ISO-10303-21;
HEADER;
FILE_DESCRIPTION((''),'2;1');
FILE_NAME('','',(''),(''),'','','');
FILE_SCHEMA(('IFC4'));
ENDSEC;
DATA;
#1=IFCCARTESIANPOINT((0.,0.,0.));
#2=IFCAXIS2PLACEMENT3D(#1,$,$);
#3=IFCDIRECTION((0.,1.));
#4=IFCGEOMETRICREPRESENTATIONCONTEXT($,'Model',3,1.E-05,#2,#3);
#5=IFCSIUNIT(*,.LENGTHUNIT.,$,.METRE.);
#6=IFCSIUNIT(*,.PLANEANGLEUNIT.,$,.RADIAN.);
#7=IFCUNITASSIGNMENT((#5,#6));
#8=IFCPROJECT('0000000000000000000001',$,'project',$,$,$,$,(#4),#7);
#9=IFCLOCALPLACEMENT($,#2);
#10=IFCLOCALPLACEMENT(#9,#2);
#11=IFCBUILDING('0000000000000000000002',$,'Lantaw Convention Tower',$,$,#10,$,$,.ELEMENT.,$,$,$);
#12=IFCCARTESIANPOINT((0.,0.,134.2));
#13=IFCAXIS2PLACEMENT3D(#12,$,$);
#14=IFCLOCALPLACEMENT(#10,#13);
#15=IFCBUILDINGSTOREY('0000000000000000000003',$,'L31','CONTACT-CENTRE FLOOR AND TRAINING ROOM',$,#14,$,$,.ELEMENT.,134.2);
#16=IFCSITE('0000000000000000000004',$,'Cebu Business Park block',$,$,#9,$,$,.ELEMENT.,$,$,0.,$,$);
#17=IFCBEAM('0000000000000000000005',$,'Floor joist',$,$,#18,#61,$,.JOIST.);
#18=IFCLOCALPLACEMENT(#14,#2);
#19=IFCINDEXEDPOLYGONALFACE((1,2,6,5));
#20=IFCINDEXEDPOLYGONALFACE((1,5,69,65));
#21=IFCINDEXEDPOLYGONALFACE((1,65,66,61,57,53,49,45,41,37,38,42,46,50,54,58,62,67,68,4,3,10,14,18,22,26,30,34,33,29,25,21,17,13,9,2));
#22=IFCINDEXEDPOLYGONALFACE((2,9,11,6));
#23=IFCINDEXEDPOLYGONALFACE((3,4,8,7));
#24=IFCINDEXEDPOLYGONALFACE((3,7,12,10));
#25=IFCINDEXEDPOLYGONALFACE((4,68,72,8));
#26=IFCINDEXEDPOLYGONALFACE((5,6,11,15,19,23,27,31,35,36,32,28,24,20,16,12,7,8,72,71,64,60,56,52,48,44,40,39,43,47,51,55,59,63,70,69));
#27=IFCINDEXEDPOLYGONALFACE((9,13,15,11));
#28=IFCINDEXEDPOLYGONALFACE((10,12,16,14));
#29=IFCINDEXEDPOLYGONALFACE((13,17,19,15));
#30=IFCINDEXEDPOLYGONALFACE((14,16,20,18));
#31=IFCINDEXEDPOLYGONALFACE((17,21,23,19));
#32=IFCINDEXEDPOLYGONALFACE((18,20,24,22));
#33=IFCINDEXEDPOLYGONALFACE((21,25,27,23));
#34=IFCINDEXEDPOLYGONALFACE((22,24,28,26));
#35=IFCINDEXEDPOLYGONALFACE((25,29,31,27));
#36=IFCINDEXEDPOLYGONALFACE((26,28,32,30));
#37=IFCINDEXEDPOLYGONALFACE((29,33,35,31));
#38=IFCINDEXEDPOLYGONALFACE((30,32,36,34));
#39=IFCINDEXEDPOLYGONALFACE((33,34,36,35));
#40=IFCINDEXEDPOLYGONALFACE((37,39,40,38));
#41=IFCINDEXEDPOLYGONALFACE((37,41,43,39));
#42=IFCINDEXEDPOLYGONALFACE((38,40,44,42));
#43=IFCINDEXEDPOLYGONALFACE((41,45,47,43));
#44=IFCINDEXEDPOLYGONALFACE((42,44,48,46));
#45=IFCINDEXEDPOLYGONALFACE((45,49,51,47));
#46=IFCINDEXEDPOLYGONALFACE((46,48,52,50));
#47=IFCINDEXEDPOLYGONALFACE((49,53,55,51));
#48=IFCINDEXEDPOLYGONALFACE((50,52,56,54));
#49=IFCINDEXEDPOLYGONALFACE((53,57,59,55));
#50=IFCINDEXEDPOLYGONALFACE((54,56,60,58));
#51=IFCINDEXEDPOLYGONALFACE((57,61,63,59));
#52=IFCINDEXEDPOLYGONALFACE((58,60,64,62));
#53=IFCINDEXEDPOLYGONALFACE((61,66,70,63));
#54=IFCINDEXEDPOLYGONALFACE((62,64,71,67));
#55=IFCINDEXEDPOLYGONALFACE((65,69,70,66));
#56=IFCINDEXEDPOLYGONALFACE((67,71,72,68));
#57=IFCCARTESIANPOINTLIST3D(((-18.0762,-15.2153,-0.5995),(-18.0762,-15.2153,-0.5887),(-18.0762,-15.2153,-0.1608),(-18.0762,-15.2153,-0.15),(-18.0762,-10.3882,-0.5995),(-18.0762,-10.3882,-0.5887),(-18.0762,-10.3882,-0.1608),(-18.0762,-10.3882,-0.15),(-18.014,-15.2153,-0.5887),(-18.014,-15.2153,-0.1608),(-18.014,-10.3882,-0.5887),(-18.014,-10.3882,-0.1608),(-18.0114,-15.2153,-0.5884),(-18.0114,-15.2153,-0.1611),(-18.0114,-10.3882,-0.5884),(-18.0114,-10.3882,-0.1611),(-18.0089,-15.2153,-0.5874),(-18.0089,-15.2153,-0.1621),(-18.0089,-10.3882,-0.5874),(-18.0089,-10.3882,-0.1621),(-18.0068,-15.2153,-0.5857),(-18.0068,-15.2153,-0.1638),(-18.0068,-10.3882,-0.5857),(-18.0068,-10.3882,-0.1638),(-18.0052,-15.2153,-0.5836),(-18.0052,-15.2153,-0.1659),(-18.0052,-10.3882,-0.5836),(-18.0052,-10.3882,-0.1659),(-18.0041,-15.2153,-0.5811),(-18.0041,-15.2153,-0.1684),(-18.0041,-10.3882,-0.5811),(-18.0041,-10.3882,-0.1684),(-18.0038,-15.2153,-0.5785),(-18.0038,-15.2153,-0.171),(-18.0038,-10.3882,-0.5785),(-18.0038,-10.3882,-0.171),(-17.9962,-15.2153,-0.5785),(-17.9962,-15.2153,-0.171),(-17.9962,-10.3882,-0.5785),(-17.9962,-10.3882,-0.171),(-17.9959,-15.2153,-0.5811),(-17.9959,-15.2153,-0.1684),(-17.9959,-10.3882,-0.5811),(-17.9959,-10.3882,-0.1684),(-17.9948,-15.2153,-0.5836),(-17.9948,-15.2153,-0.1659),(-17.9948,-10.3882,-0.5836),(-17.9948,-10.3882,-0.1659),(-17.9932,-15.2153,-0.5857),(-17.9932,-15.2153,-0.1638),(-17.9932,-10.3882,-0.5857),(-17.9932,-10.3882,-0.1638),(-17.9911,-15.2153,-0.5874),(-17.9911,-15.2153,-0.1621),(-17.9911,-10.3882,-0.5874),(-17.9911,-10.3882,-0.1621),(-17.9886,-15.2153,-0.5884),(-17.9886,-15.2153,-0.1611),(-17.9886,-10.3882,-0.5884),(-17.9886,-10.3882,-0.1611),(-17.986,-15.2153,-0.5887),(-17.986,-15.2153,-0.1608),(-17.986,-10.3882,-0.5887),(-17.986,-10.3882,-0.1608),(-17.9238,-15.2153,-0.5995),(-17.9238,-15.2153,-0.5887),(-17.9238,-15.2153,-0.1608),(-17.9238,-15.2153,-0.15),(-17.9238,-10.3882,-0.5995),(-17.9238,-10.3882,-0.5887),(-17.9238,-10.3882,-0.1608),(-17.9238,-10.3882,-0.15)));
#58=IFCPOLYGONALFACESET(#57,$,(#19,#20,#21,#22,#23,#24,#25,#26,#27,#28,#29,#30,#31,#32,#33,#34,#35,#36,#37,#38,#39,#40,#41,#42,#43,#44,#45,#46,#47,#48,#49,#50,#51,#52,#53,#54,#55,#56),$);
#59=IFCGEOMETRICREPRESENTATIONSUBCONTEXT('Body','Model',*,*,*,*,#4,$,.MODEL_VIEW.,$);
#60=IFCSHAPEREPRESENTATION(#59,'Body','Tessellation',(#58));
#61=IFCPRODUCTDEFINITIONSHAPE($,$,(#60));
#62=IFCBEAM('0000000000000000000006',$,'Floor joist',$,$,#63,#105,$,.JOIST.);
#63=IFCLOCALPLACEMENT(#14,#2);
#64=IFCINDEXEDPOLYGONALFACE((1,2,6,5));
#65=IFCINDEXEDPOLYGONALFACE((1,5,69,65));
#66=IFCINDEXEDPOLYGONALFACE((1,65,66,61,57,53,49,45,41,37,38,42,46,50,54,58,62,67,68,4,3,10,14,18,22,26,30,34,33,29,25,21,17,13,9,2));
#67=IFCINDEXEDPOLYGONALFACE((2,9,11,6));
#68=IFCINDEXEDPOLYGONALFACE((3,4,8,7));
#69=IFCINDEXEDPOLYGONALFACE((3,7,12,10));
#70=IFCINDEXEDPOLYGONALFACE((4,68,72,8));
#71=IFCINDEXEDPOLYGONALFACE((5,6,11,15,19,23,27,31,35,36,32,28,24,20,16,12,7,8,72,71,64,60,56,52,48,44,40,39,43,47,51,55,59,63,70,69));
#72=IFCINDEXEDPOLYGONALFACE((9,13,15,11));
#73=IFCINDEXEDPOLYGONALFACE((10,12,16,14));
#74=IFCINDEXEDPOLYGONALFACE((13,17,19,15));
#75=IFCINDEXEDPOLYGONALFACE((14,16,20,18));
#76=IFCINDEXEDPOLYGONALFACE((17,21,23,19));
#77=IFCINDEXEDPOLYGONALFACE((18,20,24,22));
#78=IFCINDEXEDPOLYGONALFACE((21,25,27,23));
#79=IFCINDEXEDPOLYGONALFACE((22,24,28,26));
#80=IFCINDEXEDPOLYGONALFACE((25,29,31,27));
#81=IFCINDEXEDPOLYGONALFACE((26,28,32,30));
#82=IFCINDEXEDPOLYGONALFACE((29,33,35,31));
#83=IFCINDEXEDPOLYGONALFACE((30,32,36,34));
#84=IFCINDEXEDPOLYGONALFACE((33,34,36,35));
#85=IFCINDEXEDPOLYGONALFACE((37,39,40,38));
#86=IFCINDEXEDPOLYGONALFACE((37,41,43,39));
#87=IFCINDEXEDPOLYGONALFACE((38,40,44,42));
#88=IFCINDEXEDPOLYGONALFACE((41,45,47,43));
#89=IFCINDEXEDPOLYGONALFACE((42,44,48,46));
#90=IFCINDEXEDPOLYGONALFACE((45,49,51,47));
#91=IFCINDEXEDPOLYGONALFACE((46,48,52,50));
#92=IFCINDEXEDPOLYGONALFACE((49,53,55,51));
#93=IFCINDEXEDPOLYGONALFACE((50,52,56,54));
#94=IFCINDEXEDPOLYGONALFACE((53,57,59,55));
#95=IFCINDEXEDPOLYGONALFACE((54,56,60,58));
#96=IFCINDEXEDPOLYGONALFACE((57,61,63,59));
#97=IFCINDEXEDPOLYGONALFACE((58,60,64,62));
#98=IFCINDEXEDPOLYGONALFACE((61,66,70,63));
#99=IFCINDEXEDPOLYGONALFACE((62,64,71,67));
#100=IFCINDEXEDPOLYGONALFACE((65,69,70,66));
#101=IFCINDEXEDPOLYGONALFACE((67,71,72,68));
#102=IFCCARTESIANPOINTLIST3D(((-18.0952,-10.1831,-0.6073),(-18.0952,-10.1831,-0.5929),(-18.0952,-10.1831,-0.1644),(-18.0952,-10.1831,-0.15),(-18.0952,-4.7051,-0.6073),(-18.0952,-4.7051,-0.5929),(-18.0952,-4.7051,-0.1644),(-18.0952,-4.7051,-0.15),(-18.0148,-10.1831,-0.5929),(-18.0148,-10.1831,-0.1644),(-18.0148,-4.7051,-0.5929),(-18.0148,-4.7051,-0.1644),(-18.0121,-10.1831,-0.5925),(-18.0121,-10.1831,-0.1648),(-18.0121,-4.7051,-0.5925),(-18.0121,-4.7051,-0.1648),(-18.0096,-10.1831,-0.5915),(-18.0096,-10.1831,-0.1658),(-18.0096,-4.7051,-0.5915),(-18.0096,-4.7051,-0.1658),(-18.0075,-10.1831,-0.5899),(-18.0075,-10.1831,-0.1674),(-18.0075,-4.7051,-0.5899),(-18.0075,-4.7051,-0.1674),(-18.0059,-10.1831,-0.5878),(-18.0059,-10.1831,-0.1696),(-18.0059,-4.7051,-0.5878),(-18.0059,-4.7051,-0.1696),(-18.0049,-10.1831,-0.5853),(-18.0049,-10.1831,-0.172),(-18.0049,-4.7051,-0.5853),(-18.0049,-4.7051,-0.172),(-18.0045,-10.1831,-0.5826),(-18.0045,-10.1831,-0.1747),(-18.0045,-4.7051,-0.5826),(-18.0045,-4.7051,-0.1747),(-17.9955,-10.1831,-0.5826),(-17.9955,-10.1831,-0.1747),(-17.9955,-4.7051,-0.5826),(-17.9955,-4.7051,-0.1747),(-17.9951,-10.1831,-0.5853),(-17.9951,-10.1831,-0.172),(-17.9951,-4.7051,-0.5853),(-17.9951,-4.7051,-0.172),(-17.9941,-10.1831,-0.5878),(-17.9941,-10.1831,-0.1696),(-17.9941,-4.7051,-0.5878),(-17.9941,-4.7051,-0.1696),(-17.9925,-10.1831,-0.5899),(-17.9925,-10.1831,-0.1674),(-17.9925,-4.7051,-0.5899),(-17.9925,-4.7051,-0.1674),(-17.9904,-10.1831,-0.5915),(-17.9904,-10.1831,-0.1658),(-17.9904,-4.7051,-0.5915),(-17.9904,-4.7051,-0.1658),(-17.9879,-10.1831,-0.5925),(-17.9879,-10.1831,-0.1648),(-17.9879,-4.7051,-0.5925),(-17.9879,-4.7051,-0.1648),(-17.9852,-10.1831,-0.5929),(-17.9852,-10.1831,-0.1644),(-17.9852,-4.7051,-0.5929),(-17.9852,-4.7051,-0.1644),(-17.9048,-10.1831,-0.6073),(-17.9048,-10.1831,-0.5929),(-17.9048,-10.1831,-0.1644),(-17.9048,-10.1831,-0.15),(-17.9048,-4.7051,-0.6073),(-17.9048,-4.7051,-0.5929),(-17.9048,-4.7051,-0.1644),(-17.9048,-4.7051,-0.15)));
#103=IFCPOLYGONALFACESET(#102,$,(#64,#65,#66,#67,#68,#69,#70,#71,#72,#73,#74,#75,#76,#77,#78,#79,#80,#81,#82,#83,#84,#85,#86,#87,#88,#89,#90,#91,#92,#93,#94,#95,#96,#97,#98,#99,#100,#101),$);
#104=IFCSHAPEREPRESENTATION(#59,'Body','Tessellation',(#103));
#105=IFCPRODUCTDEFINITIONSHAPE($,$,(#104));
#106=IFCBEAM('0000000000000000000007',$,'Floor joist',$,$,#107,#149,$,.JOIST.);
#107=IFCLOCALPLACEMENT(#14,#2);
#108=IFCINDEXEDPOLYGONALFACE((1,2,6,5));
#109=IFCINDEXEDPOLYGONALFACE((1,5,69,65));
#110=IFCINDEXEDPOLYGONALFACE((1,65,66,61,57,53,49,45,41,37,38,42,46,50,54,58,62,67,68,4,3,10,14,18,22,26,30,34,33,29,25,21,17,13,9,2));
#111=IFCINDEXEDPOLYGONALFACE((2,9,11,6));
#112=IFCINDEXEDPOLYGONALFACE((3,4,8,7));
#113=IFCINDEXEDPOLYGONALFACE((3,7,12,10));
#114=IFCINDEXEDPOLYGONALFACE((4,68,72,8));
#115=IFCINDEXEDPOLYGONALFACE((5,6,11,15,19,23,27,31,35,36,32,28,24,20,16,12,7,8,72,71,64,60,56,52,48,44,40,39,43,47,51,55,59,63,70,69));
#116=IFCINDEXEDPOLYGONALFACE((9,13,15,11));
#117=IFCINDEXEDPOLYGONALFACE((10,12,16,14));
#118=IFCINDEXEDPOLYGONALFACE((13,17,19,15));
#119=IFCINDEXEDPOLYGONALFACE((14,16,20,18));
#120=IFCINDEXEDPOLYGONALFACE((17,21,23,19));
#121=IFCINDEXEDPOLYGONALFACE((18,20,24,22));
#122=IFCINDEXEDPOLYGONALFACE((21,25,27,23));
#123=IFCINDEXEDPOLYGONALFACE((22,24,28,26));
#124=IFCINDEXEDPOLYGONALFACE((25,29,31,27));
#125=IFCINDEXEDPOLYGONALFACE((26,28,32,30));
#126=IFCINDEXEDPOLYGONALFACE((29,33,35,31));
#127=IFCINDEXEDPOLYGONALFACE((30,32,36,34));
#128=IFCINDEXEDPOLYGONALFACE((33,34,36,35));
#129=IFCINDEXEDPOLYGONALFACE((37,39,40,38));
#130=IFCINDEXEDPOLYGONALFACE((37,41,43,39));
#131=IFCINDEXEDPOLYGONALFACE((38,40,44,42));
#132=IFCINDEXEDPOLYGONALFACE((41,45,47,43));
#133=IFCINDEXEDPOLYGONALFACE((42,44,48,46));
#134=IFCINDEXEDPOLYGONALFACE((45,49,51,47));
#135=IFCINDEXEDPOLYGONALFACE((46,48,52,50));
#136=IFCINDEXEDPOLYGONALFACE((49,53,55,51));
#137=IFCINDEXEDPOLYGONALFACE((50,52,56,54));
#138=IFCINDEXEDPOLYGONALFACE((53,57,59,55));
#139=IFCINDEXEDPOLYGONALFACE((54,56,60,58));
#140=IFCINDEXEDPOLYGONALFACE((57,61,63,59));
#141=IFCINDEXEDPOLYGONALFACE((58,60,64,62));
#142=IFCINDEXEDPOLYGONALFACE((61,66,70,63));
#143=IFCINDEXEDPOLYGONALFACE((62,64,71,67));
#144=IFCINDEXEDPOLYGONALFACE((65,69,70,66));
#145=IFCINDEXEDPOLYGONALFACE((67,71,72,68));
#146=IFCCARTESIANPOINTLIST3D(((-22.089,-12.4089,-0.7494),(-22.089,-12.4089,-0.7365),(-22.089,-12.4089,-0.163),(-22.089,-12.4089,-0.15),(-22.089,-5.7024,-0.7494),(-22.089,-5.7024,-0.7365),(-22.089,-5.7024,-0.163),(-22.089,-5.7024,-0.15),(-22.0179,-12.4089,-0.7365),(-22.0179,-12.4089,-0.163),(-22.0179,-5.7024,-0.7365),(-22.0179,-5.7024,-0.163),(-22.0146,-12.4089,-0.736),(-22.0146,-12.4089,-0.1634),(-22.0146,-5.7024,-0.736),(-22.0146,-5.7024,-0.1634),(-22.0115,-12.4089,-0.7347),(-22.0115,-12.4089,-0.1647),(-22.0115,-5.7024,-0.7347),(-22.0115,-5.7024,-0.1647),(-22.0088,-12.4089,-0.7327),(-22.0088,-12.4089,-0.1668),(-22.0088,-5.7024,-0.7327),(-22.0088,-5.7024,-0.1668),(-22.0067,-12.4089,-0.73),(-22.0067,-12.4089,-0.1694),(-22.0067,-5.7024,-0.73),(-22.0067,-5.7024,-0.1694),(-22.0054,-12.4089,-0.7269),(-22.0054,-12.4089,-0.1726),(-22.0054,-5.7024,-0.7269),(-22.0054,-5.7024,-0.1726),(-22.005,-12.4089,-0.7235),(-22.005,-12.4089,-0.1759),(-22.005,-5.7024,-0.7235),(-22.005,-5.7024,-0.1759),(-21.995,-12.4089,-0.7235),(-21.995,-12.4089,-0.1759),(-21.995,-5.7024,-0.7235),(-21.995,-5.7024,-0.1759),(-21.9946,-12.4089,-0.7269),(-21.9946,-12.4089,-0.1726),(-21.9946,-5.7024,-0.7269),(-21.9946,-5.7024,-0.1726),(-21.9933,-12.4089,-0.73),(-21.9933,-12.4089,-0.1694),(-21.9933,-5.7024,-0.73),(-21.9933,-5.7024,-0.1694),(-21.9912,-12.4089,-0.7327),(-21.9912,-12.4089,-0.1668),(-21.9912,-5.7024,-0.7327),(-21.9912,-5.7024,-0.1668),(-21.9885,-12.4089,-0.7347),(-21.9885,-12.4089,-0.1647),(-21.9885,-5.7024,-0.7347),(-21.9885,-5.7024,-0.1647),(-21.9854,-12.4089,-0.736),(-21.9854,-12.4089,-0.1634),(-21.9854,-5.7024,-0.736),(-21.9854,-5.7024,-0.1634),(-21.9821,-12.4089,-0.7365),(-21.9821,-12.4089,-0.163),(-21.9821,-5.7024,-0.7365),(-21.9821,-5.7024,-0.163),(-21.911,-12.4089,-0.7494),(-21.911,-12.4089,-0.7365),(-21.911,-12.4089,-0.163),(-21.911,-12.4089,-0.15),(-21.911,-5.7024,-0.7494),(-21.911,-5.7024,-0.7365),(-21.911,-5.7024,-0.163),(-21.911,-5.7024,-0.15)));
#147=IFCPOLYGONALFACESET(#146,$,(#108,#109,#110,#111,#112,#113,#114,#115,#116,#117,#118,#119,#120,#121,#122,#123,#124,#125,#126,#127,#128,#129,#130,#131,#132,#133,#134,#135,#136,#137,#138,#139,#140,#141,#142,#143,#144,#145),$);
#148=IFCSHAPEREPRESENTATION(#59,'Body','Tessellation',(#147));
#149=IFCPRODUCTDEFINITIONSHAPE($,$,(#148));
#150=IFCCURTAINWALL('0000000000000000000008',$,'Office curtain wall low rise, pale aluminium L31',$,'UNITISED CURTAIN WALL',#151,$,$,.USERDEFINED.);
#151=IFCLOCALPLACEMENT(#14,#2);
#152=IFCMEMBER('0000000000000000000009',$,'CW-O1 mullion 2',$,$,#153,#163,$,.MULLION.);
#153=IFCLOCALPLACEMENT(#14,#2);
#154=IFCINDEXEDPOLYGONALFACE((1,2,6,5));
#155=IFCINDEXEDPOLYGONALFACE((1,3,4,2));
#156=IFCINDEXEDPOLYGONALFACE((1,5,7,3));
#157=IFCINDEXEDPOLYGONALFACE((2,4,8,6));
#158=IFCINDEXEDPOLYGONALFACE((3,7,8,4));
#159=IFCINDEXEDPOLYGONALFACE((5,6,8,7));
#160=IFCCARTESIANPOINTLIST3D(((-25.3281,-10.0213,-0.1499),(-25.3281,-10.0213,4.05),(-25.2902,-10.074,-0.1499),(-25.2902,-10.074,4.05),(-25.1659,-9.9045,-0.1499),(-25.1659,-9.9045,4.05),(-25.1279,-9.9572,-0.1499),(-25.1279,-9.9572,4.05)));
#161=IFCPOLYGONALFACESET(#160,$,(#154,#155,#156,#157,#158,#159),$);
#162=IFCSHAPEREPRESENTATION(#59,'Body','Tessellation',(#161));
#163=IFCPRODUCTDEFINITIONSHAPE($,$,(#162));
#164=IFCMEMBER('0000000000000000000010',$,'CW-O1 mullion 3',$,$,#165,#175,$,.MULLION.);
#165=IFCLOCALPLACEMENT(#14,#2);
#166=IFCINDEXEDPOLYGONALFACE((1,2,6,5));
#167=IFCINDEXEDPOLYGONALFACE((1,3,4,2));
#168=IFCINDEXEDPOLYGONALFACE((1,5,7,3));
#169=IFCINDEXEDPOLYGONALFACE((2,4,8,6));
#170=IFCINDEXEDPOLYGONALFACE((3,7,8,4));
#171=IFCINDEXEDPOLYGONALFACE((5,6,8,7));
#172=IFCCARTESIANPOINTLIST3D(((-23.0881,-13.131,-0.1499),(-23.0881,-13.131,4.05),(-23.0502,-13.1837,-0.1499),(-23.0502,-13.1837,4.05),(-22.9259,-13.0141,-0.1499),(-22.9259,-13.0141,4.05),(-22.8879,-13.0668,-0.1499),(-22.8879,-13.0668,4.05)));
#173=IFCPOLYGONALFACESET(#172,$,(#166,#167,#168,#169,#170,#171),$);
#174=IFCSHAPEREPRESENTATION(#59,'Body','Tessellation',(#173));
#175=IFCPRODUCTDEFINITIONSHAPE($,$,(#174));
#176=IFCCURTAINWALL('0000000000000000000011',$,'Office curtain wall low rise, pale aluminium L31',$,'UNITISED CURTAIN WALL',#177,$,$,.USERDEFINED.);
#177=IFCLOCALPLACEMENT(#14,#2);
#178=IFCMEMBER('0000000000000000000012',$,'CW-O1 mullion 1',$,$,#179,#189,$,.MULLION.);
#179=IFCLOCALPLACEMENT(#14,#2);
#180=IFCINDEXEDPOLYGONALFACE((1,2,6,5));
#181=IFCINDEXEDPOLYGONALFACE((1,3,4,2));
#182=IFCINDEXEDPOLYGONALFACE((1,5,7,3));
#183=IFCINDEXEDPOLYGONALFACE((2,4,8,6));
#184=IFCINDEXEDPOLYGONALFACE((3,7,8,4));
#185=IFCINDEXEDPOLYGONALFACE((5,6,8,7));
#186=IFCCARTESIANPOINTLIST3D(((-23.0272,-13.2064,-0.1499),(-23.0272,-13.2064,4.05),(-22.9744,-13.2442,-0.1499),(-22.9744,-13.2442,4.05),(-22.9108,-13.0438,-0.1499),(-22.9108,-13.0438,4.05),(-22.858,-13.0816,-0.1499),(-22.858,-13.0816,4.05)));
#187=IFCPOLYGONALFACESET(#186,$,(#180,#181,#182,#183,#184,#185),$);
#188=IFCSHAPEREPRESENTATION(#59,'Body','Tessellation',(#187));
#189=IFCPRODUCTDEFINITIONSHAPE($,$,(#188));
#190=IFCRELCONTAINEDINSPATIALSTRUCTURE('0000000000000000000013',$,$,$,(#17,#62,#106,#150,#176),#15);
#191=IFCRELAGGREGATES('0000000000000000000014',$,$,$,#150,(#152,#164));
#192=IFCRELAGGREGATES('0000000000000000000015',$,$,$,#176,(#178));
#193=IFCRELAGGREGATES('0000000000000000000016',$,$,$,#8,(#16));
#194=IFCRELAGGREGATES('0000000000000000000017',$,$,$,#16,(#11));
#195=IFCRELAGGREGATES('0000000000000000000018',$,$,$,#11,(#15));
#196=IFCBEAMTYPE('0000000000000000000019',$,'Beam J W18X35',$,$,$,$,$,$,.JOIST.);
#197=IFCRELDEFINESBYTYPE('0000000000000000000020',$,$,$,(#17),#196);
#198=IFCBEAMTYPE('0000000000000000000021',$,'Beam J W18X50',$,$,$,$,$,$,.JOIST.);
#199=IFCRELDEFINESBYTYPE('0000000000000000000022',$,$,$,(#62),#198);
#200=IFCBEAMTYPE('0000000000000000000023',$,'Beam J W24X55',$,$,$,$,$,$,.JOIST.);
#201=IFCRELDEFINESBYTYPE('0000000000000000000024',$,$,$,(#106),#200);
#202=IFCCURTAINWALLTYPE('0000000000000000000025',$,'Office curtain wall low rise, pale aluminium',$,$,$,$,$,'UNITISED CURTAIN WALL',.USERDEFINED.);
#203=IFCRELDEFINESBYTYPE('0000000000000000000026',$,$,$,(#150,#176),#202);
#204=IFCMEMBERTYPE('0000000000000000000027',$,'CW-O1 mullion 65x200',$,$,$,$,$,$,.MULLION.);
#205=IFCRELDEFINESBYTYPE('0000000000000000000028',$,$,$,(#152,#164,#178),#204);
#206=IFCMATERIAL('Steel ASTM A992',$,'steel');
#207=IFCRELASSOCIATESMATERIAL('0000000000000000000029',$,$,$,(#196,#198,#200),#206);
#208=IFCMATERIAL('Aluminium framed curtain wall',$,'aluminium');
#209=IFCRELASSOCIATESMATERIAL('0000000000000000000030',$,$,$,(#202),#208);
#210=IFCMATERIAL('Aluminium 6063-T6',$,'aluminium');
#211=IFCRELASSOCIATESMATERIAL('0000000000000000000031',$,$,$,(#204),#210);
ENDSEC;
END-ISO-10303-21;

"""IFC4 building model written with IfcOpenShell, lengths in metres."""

from ifc_helpers import new_model, si_unit, direction, frame, origin, origin_2d, place, context, subcontext, project, spatial, rectangle, i_section, extrude, material, material_profile, profile_set, type_object, element, aggregate, save


model = new_model("IFC4")

# Units and contexts
model_context = context("Model", 3, precision=1e-05, world=origin(), true_north=direction((0.0, 1.0)))
body_context = subcontext(model_context, "Body", "Model", "MODEL_VIEW")
ifc_project = project(units=[si_unit("LENGTHUNIT", "METRE"), si_unit("PLANEANGLEUNIT", "RADIAN")], contexts=[model_context])

# Site, building, storey
site_placement = place(None, origin())
site = spatial("IfcSite", under=ifc_project, at=site_placement, Name="Cebu Business Park block", CompositionType="ELEMENT", RefElevation=0.0)
building_placement = place(site_placement, origin())
building = spatial("IfcBuilding", under=site, at=building_placement, Name="Lantaw Convention Tower", CompositionType="ELEMENT")
storey_placement = place(building_placement, frame((0.0, 0.0, 134.2)))
storey = spatial("IfcBuildingStorey", under=building, at=storey_placement, Name="L31", Description="CONTACT-CENTRE FLOOR AND TRAINING ROOM", CompositionType="ELEMENT", Elevation=134.2)

# Beams
ifc_material_1 = material(Name="Steel ASTM A992", Category="steel")
ifc_material_profile_1 = material_profile(ifc_material_1, i_section(OverallWidth=0.1523, OverallDepth=0.4495, WebThickness=0.0076, FlangeThickness=0.0107, FilletRadius=0.0103, at=origin_2d()), Name="W18X35")
ifc_profile_set_1 = profile_set([ifc_material_profile_1], Name="Steel ASTM A992")
beam_type_1 = type_object("IfcBeamType", Name="Beam J W18X35", PredefinedType="JOIST", material=ifc_profile_set_1)
beam_1_placement = place(storey_placement, frame((-18.0, -15.2153, -0.3748), z_axis=(0.0, 1.0, 0.0), x_axis=(-1.0, 0.0, 0.0)))
element("IfcBeam", 1, at=beam_1_placement, inside=storey, type_object=beam_type_1, Name="Floor joist", PredefinedType="JOIST", context=body_context, shape_type="SweptSolid", body=[
    extrude(i_section(OverallWidth=0.1523, OverallDepth=0.4495, WebThickness=0.0076, FlangeThickness=0.0107, FilletRadius=0.0103, at=origin_2d()), origin(), (0.0, 0.0, 1.0), 4.8271),
])
ifc_material_profile_2 = material_profile(ifc_material_1, i_section(OverallWidth=0.1904, OverallDepth=0.4573, WebThickness=0.009, FlangeThickness=0.0144, FilletRadius=0.0103, at=origin_2d()), Name="W18X50")
ifc_profile_set_2 = profile_set([ifc_material_profile_2], Name="Steel ASTM A992")
beam_type_2 = type_object("IfcBeamType", Name="Beam J W18X50", PredefinedType="JOIST", material=ifc_profile_set_2)
beam_2_placement = place(storey_placement, frame((-18.0, -10.1831, -0.3787), z_axis=(0.0, 1.0, 0.0), x_axis=(-1.0, 0.0, 0.0)))
element("IfcBeam", 2, at=beam_2_placement, inside=storey, type_object=beam_type_2, Name="Floor joist", PredefinedType="JOIST", context=body_context, shape_type="SweptSolid", body=[
    extrude(i_section(OverallWidth=0.1904, OverallDepth=0.4573, WebThickness=0.009, FlangeThickness=0.0144, FilletRadius=0.0103, at=origin_2d()), origin(), (0.0, 0.0, 1.0), 5.478),
])
ifc_material_profile_3 = material_profile(ifc_material_1, i_section(OverallWidth=0.178, OverallDepth=0.5994, WebThickness=0.01, FlangeThickness=0.0129, FilletRadius=0.0129, at=origin_2d()), Name="W24X55")
ifc_profile_set_3 = profile_set([ifc_material_profile_3], Name="Steel ASTM A992")
beam_type_3 = type_object("IfcBeamType", Name="Beam J W24X55", PredefinedType="JOIST", material=ifc_profile_set_3)
beam_3_placement = place(storey_placement, frame((-22.0, -12.4089, -0.4497), z_axis=(0.0, 1.0, 0.0), x_axis=(-1.0, 0.0, 0.0)))
element("IfcBeam", 3, at=beam_3_placement, inside=storey, type_object=beam_type_3, Name="Floor joist", PredefinedType="JOIST", context=body_context, shape_type="SweptSolid", body=[
    extrude(i_section(OverallWidth=0.178, OverallDepth=0.5994, WebThickness=0.01, FlangeThickness=0.0129, FilletRadius=0.0129, at=origin_2d()), origin(), (0.0, 0.0, 1.0), 6.7065),
])

# Curtain walls, members
ifc_material_2 = material(Name="Aluminium framed curtain wall", Category="aluminium")
curtain_wall_type = type_object("IfcCurtainWallType", Name="Office curtain wall low rise, pale aluminium", ElementType="UNITISED CURTAIN WALL", PredefinedType="USERDEFINED", material=ifc_material_2)
curtain_wall_1_placement = place(storey_placement, origin())
curtain_wall_1 = element("IfcCurtainWall", 4, at=curtain_wall_1_placement, inside=storey, type_object=curtain_wall_type, Name="Office curtain wall low rise, pale aluminium L31", ObjectType="UNITISED CURTAIN WALL", PredefinedType="USERDEFINED")
ifc_material_3 = material(Name="Aluminium 6063-T6", Category="aluminium")
ifc_material_profile_4 = material_profile(ifc_material_3, rectangle(XDim=0.2, YDim=0.0649, at=origin_2d()), Name="CW-O1 mullion 65x200")
ifc_profile_set_4 = profile_set([ifc_material_profile_4], Name="Aluminium 6063-T6")
member_type_1 = type_object("IfcMemberType", Name="CW-O1 mullion 65x200", PredefinedType="MULLION", material=ifc_profile_set_4)
member_1_placement = place(storey_placement, frame((-25.228, -9.9893, -0.1499), z_axis=(0.0, 0.0, 1.0), x_axis=(0.811385, 0.584513, 0.0)))
member_1 = element("IfcMember", 5, at=member_1_placement, type_object=member_type_1, Name="CW-O1 mullion 2", PredefinedType="MULLION", context=body_context, shape_type="SweptSolid", body=[
    extrude(rectangle(XDim=0.2, YDim=0.0649, at=origin_2d()), origin(), (0.0, 0.0, 1.0), 4.2),
])
member_2_placement = place(storey_placement, frame((-22.988, -13.0989, -0.1499), z_axis=(0.0, 0.0, 1.0), x_axis=(0.811385, 0.584513, 0.0)))
member_2 = element("IfcMember", 6, at=member_2_placement, type_object=member_type_1, Name="CW-O1 mullion 3", PredefinedType="MULLION", context=body_context, shape_type="SweptSolid", body=[
    extrude(rectangle(XDim=0.2, YDim=0.0649, at=origin_2d()), origin(), (0.0, 0.0, 1.0), 4.2),
])
curtain_wall_2_placement = place(storey_placement, origin())
curtain_wall_2 = element("IfcCurtainWall", 7, at=curtain_wall_2_placement, inside=storey, type_object=curtain_wall_type, Name="Office curtain wall low rise, pale aluminium L31", ObjectType="UNITISED CURTAIN WALL", PredefinedType="USERDEFINED")
member_3_placement = place(storey_placement, frame((-22.9426, -13.144, -0.1499), z_axis=(0.0, 0.0, 1.0), x_axis=(0.581973, 0.813208, 0.0)))
member_3 = element("IfcMember", 8, at=member_3_placement, type_object=member_type_1, Name="CW-O1 mullion 1", PredefinedType="MULLION", context=body_context, shape_type="SweptSolid", body=[
    extrude(rectangle(XDim=0.2, YDim=0.0649, at=origin_2d()), origin(), (0.0, 0.0, 1.0), 4.2),
])

aggregate(curtain_wall_1, [member_1, member_2])
aggregate(curtain_wall_2, [member_3])

save(model, "model.ifc")
